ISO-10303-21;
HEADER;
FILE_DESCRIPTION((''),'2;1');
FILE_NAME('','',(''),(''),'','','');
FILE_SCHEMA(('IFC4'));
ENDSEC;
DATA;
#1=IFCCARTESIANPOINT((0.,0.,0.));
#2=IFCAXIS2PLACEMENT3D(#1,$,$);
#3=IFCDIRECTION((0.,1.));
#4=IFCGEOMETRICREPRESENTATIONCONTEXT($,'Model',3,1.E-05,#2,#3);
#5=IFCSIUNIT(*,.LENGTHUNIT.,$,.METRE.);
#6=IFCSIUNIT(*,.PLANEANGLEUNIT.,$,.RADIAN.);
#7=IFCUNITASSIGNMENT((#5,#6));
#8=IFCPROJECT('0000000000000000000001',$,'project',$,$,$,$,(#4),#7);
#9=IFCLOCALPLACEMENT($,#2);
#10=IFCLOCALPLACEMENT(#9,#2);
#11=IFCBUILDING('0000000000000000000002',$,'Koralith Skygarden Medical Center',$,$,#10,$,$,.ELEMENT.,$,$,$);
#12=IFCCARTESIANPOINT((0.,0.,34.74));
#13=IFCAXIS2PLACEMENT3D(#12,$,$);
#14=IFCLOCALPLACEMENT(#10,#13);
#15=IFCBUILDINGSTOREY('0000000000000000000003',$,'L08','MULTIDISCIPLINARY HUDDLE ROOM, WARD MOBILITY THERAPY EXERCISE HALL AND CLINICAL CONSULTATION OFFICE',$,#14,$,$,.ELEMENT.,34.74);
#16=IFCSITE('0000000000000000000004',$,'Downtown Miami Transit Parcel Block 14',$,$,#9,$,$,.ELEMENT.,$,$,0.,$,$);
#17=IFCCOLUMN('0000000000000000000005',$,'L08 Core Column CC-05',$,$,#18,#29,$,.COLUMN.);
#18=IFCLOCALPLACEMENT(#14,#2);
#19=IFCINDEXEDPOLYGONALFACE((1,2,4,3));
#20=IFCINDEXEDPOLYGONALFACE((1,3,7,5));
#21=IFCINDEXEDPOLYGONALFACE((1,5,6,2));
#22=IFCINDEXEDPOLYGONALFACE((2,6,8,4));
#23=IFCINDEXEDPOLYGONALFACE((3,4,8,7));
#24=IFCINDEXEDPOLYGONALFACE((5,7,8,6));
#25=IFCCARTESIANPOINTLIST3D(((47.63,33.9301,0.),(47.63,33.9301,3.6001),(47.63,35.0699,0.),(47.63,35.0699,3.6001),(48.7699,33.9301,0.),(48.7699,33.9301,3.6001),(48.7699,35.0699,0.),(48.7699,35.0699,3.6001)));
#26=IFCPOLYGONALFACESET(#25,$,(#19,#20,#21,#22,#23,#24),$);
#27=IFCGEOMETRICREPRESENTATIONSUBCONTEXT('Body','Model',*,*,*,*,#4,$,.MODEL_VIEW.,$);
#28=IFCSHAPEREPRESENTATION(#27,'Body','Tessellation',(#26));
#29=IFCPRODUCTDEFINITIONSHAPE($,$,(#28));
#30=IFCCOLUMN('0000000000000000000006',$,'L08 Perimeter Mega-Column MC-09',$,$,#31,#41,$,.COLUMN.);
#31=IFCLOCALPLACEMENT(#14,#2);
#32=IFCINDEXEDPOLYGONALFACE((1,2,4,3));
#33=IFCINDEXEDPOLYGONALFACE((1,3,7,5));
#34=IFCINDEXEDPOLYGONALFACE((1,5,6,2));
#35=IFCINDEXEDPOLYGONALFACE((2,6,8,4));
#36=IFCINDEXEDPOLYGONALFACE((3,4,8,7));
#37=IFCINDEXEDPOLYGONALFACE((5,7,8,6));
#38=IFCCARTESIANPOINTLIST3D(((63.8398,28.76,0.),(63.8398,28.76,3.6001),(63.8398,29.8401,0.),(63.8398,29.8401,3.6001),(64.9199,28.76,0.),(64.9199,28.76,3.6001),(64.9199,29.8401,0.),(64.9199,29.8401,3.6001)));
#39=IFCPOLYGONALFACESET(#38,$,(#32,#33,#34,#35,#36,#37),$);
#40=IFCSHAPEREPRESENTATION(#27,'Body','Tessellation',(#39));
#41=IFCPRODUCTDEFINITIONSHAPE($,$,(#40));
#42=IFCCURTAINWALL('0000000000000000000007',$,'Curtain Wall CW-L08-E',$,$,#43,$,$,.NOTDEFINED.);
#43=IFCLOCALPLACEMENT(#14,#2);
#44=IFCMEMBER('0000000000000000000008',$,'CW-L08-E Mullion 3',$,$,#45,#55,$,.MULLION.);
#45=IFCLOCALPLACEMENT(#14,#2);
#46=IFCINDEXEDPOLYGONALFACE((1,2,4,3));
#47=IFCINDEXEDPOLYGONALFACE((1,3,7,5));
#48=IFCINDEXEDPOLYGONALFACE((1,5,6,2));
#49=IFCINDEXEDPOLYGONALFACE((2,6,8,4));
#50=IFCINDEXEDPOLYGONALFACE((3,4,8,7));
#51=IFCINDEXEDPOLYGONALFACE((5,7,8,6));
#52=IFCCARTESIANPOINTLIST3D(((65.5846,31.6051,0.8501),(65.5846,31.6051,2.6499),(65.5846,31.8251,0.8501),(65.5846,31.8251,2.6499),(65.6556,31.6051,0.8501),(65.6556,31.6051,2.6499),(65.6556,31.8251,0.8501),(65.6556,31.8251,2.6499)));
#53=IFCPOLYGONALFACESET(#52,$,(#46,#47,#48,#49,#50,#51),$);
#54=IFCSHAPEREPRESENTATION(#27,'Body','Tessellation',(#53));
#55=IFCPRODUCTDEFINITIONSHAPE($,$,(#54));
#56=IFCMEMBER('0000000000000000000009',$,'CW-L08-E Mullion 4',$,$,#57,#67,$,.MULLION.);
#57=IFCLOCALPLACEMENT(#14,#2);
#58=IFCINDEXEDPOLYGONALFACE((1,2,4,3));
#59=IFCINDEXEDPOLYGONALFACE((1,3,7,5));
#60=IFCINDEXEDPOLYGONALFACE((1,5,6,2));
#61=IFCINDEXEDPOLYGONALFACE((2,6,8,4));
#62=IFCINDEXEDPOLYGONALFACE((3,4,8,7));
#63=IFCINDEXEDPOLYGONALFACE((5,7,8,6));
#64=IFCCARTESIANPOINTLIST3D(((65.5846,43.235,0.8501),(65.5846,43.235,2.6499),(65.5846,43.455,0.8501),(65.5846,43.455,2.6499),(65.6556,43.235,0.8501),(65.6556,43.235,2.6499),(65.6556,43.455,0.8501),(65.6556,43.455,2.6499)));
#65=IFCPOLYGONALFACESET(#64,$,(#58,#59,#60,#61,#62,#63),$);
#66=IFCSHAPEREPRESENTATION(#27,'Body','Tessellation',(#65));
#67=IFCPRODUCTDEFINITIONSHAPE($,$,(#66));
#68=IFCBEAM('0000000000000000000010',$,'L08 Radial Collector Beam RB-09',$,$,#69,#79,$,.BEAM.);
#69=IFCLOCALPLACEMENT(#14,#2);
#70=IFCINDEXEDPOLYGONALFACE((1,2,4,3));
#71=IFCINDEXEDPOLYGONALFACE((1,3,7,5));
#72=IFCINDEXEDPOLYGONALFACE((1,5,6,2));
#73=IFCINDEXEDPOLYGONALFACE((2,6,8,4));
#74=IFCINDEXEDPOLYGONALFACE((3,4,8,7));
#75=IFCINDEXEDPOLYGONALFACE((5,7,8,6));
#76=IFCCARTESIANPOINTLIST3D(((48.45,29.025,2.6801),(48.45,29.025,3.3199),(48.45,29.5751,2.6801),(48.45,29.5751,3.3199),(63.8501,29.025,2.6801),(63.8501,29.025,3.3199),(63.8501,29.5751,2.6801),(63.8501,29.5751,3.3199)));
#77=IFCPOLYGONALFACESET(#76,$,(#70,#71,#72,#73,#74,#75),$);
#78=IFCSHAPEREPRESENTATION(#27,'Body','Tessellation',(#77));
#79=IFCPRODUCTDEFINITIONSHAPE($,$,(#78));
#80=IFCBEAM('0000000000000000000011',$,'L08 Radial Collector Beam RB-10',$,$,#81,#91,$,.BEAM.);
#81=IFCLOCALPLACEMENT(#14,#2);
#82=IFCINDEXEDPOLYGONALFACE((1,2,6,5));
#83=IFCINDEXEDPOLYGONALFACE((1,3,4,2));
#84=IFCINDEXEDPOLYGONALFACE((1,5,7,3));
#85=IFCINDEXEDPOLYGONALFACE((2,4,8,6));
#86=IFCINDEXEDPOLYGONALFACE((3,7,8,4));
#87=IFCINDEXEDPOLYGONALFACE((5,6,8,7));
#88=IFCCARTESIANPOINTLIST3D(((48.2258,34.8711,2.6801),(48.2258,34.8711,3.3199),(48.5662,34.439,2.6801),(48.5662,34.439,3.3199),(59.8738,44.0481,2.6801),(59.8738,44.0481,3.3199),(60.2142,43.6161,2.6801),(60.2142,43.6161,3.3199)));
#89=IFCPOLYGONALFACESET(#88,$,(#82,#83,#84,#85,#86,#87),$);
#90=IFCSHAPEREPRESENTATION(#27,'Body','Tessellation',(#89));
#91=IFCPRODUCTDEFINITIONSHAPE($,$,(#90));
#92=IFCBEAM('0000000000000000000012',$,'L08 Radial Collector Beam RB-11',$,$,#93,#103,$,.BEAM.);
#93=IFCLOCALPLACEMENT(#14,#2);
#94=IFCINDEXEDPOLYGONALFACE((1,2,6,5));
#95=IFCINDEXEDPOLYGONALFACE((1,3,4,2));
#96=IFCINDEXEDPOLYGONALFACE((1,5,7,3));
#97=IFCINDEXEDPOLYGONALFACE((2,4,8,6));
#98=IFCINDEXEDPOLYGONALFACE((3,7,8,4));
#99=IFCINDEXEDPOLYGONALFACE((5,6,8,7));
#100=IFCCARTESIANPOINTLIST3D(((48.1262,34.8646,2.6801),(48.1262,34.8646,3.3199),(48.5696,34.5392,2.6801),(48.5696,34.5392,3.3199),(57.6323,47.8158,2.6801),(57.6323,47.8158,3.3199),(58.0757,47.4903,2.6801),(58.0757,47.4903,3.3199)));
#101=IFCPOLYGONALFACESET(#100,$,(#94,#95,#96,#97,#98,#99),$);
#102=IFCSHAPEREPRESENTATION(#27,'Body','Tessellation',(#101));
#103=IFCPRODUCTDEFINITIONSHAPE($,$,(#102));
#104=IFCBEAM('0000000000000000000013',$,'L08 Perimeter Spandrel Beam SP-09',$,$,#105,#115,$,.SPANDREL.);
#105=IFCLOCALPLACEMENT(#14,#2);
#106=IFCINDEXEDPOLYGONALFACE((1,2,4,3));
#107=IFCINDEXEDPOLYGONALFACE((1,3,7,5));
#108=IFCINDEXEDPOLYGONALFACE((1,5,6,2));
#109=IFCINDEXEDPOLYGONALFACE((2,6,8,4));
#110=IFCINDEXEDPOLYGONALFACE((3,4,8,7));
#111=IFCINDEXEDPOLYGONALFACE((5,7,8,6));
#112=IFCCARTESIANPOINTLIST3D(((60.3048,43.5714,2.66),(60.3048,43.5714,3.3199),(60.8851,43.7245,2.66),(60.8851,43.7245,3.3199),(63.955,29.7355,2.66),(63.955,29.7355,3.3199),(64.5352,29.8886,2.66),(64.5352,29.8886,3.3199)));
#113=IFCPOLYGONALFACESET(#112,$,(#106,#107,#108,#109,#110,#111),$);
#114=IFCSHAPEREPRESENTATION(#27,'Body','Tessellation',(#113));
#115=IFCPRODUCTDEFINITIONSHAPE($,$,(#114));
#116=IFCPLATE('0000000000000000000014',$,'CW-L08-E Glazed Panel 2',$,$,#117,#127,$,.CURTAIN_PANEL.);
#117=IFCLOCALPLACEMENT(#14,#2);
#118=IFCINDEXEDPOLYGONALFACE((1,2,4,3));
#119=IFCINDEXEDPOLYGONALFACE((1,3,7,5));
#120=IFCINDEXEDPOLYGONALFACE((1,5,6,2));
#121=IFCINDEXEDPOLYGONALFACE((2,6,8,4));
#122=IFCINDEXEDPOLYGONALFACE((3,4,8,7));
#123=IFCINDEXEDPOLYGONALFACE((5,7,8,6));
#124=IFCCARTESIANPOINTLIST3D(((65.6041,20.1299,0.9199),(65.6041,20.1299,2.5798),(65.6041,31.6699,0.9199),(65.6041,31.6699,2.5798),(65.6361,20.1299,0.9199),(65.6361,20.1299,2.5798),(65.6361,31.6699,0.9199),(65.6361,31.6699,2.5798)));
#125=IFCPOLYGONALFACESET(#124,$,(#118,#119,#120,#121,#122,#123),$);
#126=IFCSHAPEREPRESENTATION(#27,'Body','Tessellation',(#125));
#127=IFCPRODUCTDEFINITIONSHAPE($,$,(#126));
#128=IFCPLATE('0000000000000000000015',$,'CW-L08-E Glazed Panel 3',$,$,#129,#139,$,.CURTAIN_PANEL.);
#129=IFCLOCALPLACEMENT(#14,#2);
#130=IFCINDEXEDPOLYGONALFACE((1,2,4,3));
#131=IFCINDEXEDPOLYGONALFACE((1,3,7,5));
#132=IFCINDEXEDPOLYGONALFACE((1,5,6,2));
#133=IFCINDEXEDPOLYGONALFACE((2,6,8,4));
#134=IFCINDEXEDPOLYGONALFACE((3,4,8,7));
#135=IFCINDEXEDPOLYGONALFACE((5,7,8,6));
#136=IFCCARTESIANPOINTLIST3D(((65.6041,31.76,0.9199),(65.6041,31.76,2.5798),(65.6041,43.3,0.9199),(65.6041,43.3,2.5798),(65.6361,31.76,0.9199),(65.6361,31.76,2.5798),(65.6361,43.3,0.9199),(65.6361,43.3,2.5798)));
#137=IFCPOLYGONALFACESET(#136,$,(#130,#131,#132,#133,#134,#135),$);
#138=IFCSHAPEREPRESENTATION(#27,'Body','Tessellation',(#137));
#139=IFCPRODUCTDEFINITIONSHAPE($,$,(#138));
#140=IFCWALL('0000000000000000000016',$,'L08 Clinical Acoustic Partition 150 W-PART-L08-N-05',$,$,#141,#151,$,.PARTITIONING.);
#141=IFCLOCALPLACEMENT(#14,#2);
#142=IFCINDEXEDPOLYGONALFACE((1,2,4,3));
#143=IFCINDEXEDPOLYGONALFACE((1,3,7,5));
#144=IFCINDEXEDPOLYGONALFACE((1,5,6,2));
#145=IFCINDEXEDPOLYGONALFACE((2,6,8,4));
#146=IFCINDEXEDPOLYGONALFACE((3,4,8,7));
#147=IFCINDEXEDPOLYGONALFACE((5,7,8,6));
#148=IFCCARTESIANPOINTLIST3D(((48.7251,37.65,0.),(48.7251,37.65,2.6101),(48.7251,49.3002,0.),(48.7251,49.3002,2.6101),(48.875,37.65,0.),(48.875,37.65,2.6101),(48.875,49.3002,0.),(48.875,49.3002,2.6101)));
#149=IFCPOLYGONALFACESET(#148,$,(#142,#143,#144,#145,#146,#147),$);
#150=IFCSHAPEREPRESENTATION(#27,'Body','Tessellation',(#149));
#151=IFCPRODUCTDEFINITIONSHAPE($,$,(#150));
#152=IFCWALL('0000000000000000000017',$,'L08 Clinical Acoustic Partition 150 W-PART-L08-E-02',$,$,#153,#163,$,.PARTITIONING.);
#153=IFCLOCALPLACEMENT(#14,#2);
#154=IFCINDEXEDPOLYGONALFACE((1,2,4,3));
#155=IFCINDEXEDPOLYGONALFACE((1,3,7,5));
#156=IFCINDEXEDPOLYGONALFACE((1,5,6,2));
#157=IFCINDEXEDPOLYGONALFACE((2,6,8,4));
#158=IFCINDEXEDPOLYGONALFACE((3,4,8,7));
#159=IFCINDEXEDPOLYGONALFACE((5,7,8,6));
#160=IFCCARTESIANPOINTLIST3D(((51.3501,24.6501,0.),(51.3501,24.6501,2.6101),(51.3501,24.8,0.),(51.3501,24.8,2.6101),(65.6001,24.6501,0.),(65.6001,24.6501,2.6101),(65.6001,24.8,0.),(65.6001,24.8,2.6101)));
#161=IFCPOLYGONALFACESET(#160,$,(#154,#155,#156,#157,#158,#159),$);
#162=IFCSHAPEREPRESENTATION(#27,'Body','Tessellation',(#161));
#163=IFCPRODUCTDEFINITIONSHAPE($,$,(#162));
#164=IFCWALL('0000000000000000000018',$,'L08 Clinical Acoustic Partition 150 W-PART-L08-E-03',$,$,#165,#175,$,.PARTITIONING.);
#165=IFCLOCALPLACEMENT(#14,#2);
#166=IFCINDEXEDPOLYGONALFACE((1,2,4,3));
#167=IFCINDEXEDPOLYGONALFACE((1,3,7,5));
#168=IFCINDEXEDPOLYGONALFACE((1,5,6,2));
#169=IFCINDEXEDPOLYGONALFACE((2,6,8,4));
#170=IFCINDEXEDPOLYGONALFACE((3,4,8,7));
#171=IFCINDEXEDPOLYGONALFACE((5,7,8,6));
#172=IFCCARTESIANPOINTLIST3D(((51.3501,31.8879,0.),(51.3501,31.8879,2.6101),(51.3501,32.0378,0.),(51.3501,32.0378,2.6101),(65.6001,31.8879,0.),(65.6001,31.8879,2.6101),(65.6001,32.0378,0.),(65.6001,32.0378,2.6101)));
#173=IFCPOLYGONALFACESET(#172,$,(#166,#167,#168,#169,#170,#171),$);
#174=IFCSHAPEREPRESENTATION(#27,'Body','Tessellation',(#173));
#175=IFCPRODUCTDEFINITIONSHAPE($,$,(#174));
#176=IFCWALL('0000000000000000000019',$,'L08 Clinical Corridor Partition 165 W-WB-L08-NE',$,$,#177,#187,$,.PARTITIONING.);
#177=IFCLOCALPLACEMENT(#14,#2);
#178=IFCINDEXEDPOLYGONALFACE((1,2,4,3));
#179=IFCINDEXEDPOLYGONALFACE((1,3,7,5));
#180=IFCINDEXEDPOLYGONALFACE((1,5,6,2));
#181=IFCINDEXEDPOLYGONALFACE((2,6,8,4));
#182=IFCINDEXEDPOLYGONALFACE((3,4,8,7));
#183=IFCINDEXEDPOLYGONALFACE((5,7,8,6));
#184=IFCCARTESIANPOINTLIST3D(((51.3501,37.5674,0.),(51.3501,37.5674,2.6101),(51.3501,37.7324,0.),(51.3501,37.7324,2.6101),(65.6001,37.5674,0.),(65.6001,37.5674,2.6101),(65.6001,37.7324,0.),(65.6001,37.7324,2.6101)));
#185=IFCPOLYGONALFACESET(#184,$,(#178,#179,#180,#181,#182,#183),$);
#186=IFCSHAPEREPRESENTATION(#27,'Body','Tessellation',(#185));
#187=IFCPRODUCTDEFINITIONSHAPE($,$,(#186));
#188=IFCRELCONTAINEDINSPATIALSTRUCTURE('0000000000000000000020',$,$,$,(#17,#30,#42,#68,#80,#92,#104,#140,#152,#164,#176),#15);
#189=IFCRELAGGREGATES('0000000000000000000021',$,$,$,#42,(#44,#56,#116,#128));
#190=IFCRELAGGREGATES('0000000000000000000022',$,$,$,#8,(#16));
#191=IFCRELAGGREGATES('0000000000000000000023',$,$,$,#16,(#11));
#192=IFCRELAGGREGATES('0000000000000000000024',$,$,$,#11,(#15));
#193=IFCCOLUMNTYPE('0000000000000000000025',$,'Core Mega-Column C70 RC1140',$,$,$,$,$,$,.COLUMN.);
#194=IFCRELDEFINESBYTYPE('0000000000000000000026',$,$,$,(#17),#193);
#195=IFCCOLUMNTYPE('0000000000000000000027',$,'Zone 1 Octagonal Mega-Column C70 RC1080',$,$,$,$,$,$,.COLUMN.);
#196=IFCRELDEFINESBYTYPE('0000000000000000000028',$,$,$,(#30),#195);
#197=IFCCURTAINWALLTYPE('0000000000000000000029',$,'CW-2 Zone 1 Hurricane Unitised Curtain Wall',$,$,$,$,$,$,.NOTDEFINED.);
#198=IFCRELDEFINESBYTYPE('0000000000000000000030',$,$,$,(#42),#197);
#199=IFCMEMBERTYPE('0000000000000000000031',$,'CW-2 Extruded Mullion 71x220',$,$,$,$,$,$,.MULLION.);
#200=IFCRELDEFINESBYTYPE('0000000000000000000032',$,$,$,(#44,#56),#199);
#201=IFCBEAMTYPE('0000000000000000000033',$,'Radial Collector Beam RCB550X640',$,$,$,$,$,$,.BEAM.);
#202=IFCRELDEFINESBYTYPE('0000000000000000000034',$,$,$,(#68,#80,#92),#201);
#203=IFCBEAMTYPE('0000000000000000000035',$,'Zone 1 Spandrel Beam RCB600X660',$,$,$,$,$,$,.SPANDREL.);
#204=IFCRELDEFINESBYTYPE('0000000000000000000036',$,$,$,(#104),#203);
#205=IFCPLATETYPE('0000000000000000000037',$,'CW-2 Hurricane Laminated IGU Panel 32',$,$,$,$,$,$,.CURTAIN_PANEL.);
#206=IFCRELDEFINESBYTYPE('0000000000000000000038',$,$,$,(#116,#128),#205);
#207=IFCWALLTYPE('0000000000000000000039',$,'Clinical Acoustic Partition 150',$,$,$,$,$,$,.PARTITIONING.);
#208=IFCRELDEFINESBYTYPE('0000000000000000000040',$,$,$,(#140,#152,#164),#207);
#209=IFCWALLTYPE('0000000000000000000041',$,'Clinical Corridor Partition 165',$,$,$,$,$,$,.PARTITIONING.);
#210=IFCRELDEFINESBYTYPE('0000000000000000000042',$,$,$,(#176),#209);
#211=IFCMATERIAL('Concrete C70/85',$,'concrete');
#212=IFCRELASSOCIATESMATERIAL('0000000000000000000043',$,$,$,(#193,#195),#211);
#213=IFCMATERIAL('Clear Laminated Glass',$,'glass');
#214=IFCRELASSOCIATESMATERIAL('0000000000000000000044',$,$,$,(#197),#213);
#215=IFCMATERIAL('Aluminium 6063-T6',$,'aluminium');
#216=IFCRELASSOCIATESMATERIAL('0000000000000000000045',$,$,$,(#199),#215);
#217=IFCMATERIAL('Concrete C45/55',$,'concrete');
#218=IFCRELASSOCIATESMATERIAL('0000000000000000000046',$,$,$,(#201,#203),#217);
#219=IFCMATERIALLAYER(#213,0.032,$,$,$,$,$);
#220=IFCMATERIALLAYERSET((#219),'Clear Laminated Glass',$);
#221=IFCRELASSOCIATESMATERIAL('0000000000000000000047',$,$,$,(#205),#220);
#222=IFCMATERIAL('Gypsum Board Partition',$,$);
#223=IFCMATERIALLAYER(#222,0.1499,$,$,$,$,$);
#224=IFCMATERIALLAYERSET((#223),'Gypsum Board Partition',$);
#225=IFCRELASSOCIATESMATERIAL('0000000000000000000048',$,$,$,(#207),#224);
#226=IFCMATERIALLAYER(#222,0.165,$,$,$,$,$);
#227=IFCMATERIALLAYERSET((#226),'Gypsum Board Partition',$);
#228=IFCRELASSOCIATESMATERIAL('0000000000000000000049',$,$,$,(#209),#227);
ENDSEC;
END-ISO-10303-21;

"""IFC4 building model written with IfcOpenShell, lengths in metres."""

from ifc_helpers import new_model, si_unit, direction, frame, frame_2d, origin, origin_2d, place, context, subcontext, project, spatial, rectangle, extrude, material, layer, layer_set, material_profile, profile_set, type_object, element, aggregate, save


model = new_model("IFC4")

# Units and contexts
model_context = context("Model", 3, precision=1e-05, world=origin(), true_north=direction((0.0, 1.0)))
body_context = subcontext(model_context, "Body", "Model", "MODEL_VIEW")
ifc_project = project(units=[si_unit("LENGTHUNIT", "METRE"), si_unit("PLANEANGLEUNIT", "RADIAN")], contexts=[model_context])

# Site, building, storey
site_placement = place(None, origin())
site = spatial("IfcSite", under=ifc_project, at=site_placement, Name="Downtown Miami Transit Parcel Block 14", CompositionType="ELEMENT", RefElevation=0.0)
building_placement = place(site_placement, origin())
building = spatial("IfcBuilding", under=site, at=building_placement, Name="Koralith Skygarden Medical Center", CompositionType="ELEMENT")
storey_placement = place(building_placement, frame((0.0, 0.0, 34.74)))
storey = spatial("IfcBuildingStorey", under=building, at=storey_placement, Name="L08", Description="MULTIDISCIPLINARY HUDDLE ROOM, WARD MOBILITY THERAPY EXERCISE HALL AND CLINICAL CONSULTATION OFFICE", CompositionType="ELEMENT", Elevation=34.74)

# Columns
ifc_material_1 = material(Name="Concrete C70/85", Category="concrete")
ifc_material_profile_1 = material_profile(ifc_material_1, rectangle(XDim=1.1399, YDim=1.1399, at=origin_2d()), Name="RC1140X1140")
ifc_profile_set_1 = profile_set([ifc_material_profile_1], Name="Concrete C70/85")
column_type_1 = type_object("IfcColumnType", Name="Core Mega-Column C70 RC1140", PredefinedType="COLUMN", material=ifc_profile_set_1)
column_1_placement = place(storey_placement, frame((48.2, 34.5, 0.0), z_axis=(0.0, 0.0, 1.0), x_axis=(1.0, 0.0, 0.0)))
element("IfcColumn", 1, at=column_1_placement, inside=storey, type_object=column_type_1, Name="L08 Core Column CC-05", PredefinedType="COLUMN", context=body_context, shape_type="SweptSolid", body=[
    extrude(rectangle(XDim=1.1399, YDim=1.1399, at=origin_2d()), origin(), (0.0, 0.0, 1.0), 3.6001),
])
ifc_material_profile_2 = material_profile(ifc_material_1, rectangle(XDim=1.0801, YDim=1.0801, at=origin_2d()), Name="RC1080X1080")
ifc_profile_set_2 = profile_set([ifc_material_profile_2], Name="Concrete C70/85")
column_type_2 = type_object("IfcColumnType", Name="Zone 1 Octagonal Mega-Column C70 RC1080", PredefinedType="COLUMN", material=ifc_profile_set_2)
column_2_placement = place(storey_placement, frame((64.3799, 29.3, 0.0), z_axis=(0.0, 0.0, 1.0), x_axis=(1.0, 0.0, 0.0)))
element("IfcColumn", 2, at=column_2_placement, inside=storey, type_object=column_type_2, Name="L08 Perimeter Mega-Column MC-09", PredefinedType="COLUMN", context=body_context, shape_type="SweptSolid", body=[
    extrude(rectangle(XDim=1.0801, YDim=1.0801, at=origin_2d()), origin(), (0.0, 0.0, 1.0), 3.6001),
])

# Curtain wall, members
ifc_material_2 = material(Name="Clear Laminated Glass", Category="glass")
curtain_wall_type = type_object("IfcCurtainWallType", Name="CW-2 Zone 1 Hurricane Unitised Curtain Wall", PredefinedType="NOTDEFINED", material=ifc_material_2)
curtain_wall_placement = place(storey_placement, origin())
curtain_wall = element("IfcCurtainWall", 3, at=curtain_wall_placement, inside=storey, type_object=curtain_wall_type, Name="Curtain Wall CW-L08-E", PredefinedType="NOTDEFINED")
ifc_material_3 = material(Name="Aluminium 6063-T6", Category="aluminium")
ifc_material_profile_3 = material_profile(ifc_material_3, rectangle(XDim=0.071, YDim=0.22, at=origin_2d()), Name="MUL71X220")
ifc_profile_set_3 = profile_set([ifc_material_profile_3], Name="Aluminium 6063-T6")
member_type = type_object("IfcMemberType", Name="CW-2 Extruded Mullion 71x220", PredefinedType="MULLION", material=ifc_profile_set_3)
member_1_placement = place(storey_placement, frame((65.6201, 31.7151, 0.8501), z_axis=(0.0, 0.0, 1.0), x_axis=(1.0, 0.0, 0.0)))
member_1 = element("IfcMember", 4, at=member_1_placement, type_object=member_type, Name="CW-L08-E Mullion 3", PredefinedType="MULLION", context=body_context, shape_type="SweptSolid", body=[
    extrude(rectangle(XDim=0.071, YDim=0.22, at=origin_2d()), origin(), (0.0, 0.0, 1.0), 1.7998),
])
member_2_placement = place(storey_placement, frame((65.6201, 43.345, 0.8501), z_axis=(0.0, 0.0, 1.0), x_axis=(1.0, 0.0, 0.0)))
member_2 = element("IfcMember", 5, at=member_2_placement, type_object=member_type, Name="CW-L08-E Mullion 4", PredefinedType="MULLION", context=body_context, shape_type="SweptSolid", body=[
    extrude(rectangle(XDim=0.071, YDim=0.22, at=origin_2d()), origin(), (0.0, 0.0, 1.0), 1.7998),
])

# Beams
ifc_material_4 = material(Name="Concrete C45/55", Category="concrete")
ifc_material_profile_4 = material_profile(ifc_material_4, rectangle(XDim=0.55, YDim=0.6399, at=origin_2d()), Name="RCB550X640")
ifc_profile_set_4 = profile_set([ifc_material_profile_4], Name="Concrete C45/55")
beam_type_1 = type_object("IfcBeamType", Name="Radial Collector Beam RCB550X640", PredefinedType="BEAM", material=ifc_profile_set_4)
beam_1_placement = place(storey_placement, frame((48.45, 29.3, 3.0), z_axis=(1.0, 0.0, 0.0), x_axis=(0.0, 1.0, 0.0)))
element("IfcBeam", 6, at=beam_1_placement, inside=storey, type_object=beam_type_1, Name="L08 Radial Collector Beam RB-09", PredefinedType="BEAM", context=body_context, shape_type="SweptSolid", body=[
    extrude(rectangle(XDim=0.55, YDim=0.6399, at=origin_2d()), origin(), (0.0, 0.0, 1.0), 15.4001),
])
beam_2_placement = place(storey_placement, frame((48.396, 34.655, 3.0), z_axis=(0.785497, 0.618865, 0.0), x_axis=(-0.618865, 0.785497, 0.0)))
element("IfcBeam", 7, at=beam_2_placement, inside=storey, type_object=beam_type_1, Name="L08 Radial Collector Beam RB-10", PredefinedType="BEAM", context=body_context, shape_type="SweptSolid", body=[
    extrude(rectangle(XDim=0.55, YDim=0.6399, at=origin_2d()), origin(), (0.0, 0.0, 1.0), 14.8289),
])
beam_3_placement = place(storey_placement, frame((48.3479, 34.7019, 3.0), z_axis=(0.591711, 0.80615, 0.0), x_axis=(-0.80615, 0.591711, 0.0)))
element("IfcBeam", 8, at=beam_3_placement, inside=storey, type_object=beam_type_1, Name="L08 Radial Collector Beam RB-11", PredefinedType="BEAM", context=body_context, shape_type="SweptSolid", body=[
    extrude(rectangle(XDim=0.55, YDim=0.6399, at=origin_2d()), origin(), (0.0, 0.0, 1.0), 16.0654),
])
ifc_material_profile_5 = material_profile(ifc_material_4, rectangle(XDim=0.6001, YDim=0.6599, at=origin_2d()), Name="RCB600X660")
ifc_profile_set_5 = profile_set([ifc_material_profile_5], Name="Concrete C45/55")
beam_type_2 = type_object("IfcBeamType", Name="Zone 1 Spandrel Beam RCB600X660", PredefinedType="SPANDREL", material=ifc_profile_set_5)
beam_4_placement = place(storey_placement, frame((64.2451, 29.812, 2.99), z_axis=(-0.255089, 0.966918, 0.0), x_axis=(-0.966918, -0.255089, 0.0)))
element("IfcBeam", 9, at=beam_4_placement, inside=storey, type_object=beam_type_2, Name="L08 Perimeter Spandrel Beam SP-09", PredefinedType="SPANDREL", context=body_context, shape_type="SweptSolid", body=[
    extrude(rectangle(XDim=0.6001, YDim=0.6599, at=origin_2d()), origin(), (0.0, 0.0, 1.0), 14.3093),
])

# Plates
ifc_layer_1 = layer(ifc_material_2, 0.032)
ifc_layer_set_1 = layer_set([ifc_layer_1], Name="Clear Laminated Glass")
plate_type = type_object("IfcPlateType", Name="CW-2 Hurricane Laminated IGU Panel 32", PredefinedType="CURTAIN_PANEL", material=ifc_layer_set_1)
plate_1_placement = place(storey_placement, frame((65.6201, 25.8999, 0.9199), z_axis=(0.0, 0.0, 1.0), x_axis=(0.0, 1.0, 0.0)))
plate_1 = element("IfcPlate", 10, at=plate_1_placement, type_object=plate_type, Name="CW-L08-E Glazed Panel 2", PredefinedType="CURTAIN_PANEL", context=body_context, shape_type="SweptSolid", body=[
    extrude(rectangle(XDim=11.54, YDim=0.032, at=origin_2d()), origin(), (0.0, 0.0, 1.0), 1.6599),
])
plate_2_placement = place(storey_placement, frame((65.6201, 37.53, 0.9199), z_axis=(0.0, 0.0, 1.0), x_axis=(0.0, 1.0, 0.0)))
plate_2 = element("IfcPlate", 11, at=plate_2_placement, type_object=plate_type, Name="CW-L08-E Glazed Panel 3", PredefinedType="CURTAIN_PANEL", context=body_context, shape_type="SweptSolid", body=[
    extrude(rectangle(XDim=11.54, YDim=0.032, at=origin_2d()), origin(), (0.0, 0.0, 1.0), 1.6599),
])
aggregate(curtain_wall, [member_1, member_2, plate_1, plate_2])

# Walls
ifc_material_5 = material(Name="Gypsum Board Partition")
ifc_layer_2 = layer(ifc_material_5, 0.1499)
ifc_layer_set_2 = layer_set([ifc_layer_2], Name="Gypsum Board Partition")
wall_type_1 = type_object("IfcWallType", Name="Clinical Acoustic Partition 150", PredefinedType="PARTITIONING", material=ifc_layer_set_2)
wall_1_placement = place(storey_placement, frame((48.8, 37.6499, 0.0), z_axis=(0.0, 0.0, 1.0), x_axis=(0.0, 1.0, 0.0)))
element("IfcWall", 12, at=wall_1_placement, inside=storey, type_object=wall_type_1, Name="L08 Clinical Acoustic Partition 150 W-PART-L08-N-05", PredefinedType="PARTITIONING", context=body_context, shape_type="SweptSolid", body=[
    extrude(rectangle(XDim=11.6501, YDim=0.1499, at=frame_2d((5.8252, 0.0))), origin(), (0.0, 0.0, 1.0), 2.6101),
])
for number, where, z_axis, x_axis, name in (
    (13, (51.3501, 24.7251, 0.0), (0.0, 0.0, 1.0), (1.0, 0.0, 0.0), "L08 Clinical Acoustic Partition 150 W-PART-L08-E-02"),
    (14, (51.3501, 31.9629, 0.0), (0.0, 0.0, 1.0), (1.0, 0.0, 0.0), "L08 Clinical Acoustic Partition 150 W-PART-L08-E-03"),
):
    element("IfcWall", number, at=place(storey_placement, frame(where, z_axis=z_axis, x_axis=x_axis)), inside=storey, type_object=wall_type_1, Name=name, PredefinedType="PARTITIONING", context=body_context, shape_type="SweptSolid", body=[
        extrude(rectangle(XDim=14.25, YDim=0.1499, at=frame_2d((7.125, 0.0))), origin(), (0.0, 0.0, 1.0), 2.6101),
    ])
ifc_layer_3 = layer(ifc_material_5, 0.165)
ifc_layer_set_3 = layer_set([ifc_layer_3], Name="Gypsum Board Partition")
wall_type_2 = type_object("IfcWallType", Name="Clinical Corridor Partition 165", PredefinedType="PARTITIONING", material=ifc_layer_set_3)
wall_2_placement = place(storey_placement, frame((51.3501, 37.6499, 0.0), z_axis=(0.0, 0.0, 1.0), x_axis=(1.0, 0.0, 0.0)))
element("IfcWall", 15, at=wall_2_placement, inside=storey, type_object=wall_type_2, Name="L08 Clinical Corridor Partition 165 W-WB-L08-NE", PredefinedType="PARTITIONING", context=body_context, shape_type="SweptSolid", body=[
    extrude(rectangle(XDim=14.25, YDim=0.165, at=frame_2d((7.125, 0.0))), origin(), (0.0, 0.0, 1.0), 2.6101),
])

save(model, "model.ifc")
